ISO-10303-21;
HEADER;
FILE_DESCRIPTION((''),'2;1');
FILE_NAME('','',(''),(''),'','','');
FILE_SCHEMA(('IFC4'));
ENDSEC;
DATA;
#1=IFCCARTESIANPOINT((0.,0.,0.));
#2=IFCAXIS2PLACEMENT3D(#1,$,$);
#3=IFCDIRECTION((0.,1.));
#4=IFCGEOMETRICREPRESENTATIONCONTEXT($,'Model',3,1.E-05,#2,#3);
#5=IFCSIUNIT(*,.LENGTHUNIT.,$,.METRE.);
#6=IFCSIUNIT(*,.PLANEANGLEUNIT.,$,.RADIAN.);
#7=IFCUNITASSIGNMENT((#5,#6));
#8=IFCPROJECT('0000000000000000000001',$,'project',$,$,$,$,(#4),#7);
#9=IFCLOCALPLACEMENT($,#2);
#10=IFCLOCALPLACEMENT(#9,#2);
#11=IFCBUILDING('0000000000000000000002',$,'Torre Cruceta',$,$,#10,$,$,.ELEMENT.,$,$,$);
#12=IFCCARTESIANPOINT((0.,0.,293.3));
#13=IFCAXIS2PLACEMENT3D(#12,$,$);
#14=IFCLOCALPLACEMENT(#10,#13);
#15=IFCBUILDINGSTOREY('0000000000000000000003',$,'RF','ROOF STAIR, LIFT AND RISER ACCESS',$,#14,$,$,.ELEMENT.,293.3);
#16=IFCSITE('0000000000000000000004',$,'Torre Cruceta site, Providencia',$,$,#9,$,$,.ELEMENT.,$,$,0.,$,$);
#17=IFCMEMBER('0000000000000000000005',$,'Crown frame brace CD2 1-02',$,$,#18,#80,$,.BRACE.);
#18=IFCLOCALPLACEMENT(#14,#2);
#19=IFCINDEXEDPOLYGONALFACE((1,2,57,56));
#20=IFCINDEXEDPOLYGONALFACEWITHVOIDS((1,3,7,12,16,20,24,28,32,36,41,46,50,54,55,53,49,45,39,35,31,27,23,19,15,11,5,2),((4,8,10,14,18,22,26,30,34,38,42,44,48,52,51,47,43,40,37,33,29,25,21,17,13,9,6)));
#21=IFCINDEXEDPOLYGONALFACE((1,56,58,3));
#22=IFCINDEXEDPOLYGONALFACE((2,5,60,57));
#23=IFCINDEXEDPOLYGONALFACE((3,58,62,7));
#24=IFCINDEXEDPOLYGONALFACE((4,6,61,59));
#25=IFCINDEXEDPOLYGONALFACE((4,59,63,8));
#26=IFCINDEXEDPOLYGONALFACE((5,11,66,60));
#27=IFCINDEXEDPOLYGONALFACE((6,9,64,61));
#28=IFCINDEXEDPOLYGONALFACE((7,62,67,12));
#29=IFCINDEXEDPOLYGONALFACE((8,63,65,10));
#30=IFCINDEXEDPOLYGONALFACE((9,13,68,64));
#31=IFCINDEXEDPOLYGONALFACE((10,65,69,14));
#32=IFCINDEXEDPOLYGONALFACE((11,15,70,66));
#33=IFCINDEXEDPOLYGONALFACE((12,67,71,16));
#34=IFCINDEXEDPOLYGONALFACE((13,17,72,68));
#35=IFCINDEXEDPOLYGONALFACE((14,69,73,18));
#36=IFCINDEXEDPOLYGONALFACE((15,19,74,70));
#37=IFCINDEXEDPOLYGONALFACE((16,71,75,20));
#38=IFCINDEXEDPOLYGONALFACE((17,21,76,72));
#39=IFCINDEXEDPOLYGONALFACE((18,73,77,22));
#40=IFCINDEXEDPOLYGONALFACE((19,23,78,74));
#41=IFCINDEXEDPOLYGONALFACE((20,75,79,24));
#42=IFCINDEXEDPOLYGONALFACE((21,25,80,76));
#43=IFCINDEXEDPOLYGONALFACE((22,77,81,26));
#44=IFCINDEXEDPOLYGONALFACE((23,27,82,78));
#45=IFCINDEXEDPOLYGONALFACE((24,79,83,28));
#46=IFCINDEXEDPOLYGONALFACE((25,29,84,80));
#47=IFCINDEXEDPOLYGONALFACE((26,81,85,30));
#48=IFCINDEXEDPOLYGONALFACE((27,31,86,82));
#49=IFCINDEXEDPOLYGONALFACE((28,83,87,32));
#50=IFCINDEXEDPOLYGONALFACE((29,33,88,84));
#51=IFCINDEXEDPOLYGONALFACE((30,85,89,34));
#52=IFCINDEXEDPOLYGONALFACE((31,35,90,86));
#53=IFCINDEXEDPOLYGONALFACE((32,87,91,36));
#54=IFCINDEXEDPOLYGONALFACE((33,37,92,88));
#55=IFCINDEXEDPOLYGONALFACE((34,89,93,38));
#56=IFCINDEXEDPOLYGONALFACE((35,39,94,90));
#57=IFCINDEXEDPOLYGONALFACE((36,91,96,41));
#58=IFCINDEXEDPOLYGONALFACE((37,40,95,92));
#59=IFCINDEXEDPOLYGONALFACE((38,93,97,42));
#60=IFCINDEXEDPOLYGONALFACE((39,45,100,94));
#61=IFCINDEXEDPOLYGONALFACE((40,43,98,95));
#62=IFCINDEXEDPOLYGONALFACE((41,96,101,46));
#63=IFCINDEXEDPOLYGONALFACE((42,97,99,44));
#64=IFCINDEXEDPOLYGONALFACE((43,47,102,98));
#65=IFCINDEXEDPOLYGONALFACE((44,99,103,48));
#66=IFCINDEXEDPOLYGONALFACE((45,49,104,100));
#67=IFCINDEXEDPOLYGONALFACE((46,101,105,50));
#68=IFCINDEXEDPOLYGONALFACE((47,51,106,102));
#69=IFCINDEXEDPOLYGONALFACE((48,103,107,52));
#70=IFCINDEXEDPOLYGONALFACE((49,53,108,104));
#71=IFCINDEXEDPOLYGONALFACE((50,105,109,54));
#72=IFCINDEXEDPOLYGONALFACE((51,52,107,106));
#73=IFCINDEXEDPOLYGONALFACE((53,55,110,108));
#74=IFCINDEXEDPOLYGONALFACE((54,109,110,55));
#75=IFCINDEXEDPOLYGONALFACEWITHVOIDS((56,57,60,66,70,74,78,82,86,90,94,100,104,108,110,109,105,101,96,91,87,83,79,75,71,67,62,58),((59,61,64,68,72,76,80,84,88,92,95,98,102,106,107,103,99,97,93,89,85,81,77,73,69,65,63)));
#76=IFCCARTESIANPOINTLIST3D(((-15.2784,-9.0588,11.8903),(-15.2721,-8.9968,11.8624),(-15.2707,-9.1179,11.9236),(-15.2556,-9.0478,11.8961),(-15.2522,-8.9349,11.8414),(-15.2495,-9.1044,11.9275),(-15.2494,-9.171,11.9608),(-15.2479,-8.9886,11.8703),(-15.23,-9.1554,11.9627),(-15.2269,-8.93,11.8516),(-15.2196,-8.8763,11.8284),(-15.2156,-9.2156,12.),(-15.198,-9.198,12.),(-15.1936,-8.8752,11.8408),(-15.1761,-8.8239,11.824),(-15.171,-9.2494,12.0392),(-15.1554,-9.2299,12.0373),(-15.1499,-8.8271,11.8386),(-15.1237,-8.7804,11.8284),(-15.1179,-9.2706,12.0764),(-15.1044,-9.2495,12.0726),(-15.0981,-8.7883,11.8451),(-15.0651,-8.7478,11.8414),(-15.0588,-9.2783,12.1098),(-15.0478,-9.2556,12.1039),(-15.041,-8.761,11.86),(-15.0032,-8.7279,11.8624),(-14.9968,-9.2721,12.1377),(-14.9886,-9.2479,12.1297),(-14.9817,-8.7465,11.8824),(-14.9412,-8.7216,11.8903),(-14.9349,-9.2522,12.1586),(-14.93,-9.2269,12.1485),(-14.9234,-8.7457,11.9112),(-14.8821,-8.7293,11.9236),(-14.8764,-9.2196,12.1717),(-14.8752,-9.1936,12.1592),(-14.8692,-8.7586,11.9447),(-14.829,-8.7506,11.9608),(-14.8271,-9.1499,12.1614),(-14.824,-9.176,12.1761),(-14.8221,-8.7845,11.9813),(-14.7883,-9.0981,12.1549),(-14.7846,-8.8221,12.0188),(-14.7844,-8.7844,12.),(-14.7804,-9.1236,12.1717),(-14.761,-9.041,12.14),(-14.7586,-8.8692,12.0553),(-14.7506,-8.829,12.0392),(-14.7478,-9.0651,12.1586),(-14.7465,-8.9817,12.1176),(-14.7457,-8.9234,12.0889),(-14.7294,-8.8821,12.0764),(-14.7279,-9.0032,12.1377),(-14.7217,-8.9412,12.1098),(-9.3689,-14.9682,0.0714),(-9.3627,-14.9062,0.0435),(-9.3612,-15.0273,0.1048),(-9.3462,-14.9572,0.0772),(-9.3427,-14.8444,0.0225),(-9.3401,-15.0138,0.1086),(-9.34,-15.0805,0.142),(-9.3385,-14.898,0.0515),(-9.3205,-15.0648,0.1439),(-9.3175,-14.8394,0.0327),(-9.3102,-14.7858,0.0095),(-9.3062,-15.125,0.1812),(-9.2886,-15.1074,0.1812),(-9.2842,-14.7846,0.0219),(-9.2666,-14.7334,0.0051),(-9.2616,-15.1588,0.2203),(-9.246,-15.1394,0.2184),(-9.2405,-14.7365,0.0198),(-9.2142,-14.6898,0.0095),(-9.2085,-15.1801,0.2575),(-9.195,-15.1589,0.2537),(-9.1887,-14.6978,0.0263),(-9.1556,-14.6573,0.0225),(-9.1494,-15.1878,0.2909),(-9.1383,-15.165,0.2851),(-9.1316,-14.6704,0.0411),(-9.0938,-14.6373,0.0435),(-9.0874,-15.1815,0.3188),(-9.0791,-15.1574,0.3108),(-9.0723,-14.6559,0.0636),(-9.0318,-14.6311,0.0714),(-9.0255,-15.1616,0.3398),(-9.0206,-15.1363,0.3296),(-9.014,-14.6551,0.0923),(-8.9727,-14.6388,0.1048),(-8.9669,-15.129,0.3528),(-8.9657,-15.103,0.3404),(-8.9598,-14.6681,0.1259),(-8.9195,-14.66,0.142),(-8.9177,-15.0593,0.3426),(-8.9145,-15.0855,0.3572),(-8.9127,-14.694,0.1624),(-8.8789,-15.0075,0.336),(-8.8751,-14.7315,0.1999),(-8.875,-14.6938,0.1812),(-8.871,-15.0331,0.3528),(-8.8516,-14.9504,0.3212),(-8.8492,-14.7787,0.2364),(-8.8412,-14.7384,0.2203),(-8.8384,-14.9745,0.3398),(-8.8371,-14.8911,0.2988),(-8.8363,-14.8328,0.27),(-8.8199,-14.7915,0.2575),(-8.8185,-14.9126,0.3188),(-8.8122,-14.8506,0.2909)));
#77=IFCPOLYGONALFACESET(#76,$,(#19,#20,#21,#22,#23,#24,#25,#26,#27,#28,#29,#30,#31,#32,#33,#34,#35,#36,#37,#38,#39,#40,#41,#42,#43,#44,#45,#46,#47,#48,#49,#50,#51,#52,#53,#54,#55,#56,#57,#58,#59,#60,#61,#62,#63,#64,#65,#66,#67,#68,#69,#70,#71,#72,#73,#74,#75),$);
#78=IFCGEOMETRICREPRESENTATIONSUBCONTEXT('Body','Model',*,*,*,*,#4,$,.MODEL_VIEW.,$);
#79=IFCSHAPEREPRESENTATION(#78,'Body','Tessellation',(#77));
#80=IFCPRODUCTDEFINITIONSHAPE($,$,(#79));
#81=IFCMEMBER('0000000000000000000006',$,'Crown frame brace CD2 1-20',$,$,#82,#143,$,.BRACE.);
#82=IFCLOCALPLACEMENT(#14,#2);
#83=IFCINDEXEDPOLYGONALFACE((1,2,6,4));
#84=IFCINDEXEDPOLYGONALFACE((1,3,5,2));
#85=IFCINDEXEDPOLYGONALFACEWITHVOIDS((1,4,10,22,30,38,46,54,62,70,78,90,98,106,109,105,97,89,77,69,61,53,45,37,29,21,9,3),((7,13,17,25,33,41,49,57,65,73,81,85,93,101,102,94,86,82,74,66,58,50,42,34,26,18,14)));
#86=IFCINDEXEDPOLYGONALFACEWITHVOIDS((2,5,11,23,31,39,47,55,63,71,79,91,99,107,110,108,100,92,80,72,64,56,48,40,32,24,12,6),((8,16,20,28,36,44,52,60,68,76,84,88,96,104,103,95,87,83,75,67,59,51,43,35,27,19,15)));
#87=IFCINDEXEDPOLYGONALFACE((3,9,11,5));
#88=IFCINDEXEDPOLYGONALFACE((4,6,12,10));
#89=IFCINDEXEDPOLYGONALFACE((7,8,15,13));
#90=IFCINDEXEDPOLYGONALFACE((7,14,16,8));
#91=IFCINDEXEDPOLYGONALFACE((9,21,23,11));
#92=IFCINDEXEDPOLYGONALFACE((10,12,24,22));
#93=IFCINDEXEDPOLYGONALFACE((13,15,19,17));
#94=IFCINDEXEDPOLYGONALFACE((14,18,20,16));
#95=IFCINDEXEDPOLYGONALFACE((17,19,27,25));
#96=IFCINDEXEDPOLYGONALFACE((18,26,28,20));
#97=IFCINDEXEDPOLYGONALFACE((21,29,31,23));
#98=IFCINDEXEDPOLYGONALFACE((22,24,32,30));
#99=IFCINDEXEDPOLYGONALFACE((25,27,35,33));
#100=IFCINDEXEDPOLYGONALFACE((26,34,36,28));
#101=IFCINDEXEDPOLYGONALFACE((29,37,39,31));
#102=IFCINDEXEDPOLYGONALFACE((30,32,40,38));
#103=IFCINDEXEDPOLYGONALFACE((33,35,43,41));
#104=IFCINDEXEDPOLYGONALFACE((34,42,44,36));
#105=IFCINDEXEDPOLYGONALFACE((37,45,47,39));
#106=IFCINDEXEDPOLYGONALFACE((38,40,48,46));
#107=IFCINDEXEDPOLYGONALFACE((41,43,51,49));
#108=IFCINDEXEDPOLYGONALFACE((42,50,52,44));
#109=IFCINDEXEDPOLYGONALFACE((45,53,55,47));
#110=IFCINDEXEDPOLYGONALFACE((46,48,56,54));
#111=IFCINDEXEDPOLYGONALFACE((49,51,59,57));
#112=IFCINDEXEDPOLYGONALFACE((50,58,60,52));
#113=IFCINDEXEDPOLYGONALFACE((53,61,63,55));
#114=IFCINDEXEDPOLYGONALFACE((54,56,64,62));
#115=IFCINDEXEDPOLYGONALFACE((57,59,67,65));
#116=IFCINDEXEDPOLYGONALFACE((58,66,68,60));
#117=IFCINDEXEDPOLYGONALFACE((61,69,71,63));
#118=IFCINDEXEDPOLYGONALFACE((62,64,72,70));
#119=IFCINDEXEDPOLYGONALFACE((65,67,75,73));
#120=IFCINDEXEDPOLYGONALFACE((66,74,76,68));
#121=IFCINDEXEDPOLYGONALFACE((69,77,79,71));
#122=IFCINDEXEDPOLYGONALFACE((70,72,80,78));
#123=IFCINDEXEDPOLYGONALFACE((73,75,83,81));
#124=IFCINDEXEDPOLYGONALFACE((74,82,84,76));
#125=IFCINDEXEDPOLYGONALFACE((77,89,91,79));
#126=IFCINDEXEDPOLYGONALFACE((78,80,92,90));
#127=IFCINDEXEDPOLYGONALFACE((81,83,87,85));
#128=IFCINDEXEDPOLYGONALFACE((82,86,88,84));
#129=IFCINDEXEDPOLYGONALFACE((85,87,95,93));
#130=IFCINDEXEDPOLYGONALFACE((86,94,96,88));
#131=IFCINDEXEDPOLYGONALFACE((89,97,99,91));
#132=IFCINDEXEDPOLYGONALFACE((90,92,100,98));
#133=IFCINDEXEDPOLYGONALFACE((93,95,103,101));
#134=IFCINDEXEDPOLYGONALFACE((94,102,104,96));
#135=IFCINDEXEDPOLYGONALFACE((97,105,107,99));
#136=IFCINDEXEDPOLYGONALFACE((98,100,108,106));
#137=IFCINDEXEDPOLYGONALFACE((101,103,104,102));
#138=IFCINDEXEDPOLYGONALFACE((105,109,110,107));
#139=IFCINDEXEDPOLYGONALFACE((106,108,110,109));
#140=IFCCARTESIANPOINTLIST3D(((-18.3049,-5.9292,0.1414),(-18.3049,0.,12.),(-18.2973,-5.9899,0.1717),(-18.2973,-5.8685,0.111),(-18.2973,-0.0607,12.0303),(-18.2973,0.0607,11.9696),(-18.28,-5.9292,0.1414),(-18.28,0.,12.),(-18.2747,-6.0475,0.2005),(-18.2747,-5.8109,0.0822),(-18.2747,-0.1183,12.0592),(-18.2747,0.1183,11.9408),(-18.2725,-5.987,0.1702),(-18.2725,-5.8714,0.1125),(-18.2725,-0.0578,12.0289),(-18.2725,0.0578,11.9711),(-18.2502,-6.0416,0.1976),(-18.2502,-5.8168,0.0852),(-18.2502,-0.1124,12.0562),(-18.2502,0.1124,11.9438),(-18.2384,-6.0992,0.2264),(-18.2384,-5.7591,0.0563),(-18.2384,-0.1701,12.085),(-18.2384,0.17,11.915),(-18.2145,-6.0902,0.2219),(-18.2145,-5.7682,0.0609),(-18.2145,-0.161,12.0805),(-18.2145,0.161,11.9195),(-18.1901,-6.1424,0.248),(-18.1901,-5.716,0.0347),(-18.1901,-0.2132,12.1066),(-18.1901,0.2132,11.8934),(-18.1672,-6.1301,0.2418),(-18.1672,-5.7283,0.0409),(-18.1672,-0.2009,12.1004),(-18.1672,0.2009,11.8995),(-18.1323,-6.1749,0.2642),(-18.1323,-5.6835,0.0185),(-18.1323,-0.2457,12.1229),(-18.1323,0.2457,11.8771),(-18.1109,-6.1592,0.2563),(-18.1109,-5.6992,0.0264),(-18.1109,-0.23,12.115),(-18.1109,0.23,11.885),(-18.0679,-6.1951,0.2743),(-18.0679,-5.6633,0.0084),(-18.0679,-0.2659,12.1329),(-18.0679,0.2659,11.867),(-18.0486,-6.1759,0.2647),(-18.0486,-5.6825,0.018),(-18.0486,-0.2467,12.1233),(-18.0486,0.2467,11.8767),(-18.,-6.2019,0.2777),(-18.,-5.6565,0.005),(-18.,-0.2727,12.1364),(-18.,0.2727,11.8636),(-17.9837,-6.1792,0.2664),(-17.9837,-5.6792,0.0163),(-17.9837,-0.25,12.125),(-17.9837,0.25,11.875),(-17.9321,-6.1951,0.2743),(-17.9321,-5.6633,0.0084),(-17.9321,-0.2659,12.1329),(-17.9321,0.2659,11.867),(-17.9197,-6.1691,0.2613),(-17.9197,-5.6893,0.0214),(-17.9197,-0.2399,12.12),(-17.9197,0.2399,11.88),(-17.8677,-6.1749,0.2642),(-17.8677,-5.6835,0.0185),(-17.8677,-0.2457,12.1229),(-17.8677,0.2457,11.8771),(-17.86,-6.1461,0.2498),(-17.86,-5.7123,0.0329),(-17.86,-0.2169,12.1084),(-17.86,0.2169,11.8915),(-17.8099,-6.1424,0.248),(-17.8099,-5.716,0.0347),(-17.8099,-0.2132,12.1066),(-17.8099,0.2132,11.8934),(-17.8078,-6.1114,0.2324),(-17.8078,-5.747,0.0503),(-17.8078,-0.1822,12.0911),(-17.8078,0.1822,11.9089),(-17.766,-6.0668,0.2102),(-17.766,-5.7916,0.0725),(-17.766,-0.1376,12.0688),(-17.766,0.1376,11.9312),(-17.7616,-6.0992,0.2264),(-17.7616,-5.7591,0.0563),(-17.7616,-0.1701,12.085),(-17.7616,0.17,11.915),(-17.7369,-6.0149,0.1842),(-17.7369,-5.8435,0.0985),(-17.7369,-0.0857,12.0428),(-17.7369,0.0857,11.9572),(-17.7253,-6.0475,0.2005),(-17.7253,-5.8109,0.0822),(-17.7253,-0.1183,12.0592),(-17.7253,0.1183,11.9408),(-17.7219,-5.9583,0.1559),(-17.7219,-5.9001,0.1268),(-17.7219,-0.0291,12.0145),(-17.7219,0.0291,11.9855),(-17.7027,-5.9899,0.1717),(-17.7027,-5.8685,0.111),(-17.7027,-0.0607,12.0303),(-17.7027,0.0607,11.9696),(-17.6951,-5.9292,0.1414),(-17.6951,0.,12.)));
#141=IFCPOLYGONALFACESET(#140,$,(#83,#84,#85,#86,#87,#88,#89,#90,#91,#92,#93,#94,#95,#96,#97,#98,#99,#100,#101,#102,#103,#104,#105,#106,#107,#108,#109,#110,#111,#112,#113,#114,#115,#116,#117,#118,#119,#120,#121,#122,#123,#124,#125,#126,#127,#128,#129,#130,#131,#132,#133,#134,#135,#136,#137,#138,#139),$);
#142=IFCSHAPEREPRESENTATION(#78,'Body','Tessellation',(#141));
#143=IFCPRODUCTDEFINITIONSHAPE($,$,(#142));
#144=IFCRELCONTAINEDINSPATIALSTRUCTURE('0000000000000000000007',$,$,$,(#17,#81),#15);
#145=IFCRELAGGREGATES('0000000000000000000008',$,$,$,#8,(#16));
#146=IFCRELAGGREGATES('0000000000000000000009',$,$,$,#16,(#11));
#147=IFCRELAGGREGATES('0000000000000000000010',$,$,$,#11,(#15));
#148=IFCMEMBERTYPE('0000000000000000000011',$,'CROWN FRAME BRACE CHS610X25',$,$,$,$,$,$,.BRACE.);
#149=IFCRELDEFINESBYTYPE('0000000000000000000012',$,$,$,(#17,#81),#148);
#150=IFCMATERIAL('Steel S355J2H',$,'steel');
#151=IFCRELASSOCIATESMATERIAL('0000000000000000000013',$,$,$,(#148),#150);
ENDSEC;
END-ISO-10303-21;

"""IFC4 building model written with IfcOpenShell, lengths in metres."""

from ifc_helpers import new_model, si_unit, direction, frame, origin, origin_2d, place, context, subcontext, project, spatial, hollow_circle, extrude, material, material_profile, profile_set, type_object, element, save


model = new_model("IFC4")

# Units and contexts
model_context = context("Model", 3, precision=1e-05, world=origin(), true_north=direction((0.0, 1.0)))
body_context = subcontext(model_context, "Body", "Model", "MODEL_VIEW")
ifc_project = project(units=[si_unit("LENGTHUNIT", "METRE"), si_unit("PLANEANGLEUNIT", "RADIAN")], contexts=[model_context])

# Site, building, storey
site_placement = place(None, origin())
site = spatial("IfcSite", under=ifc_project, at=site_placement, Name="Torre Cruceta site, Providencia", CompositionType="ELEMENT", RefElevation=0.0)
building_placement = place(site_placement, origin())
building = spatial("IfcBuilding", under=site, at=building_placement, Name="Torre Cruceta", CompositionType="ELEMENT")
storey_placement = place(building_placement, frame((0.0, 0.0, 293.3)))
storey = spatial("IfcBuildingStorey", under=building, at=storey_placement, Name="RF", Description="ROOF STAIR, LIFT AND RISER ACCESS", CompositionType="ELEMENT", Elevation=293.3)

# Members
ifc_material_1 = material(Name="Steel S355J2H", Category="steel")
ifc_material_profile_1 = material_profile(ifc_material_1, hollow_circle(Radius=0.3049, WallThickness=0.0249, at=origin_2d()), Name="CHS610X25")
ifc_profile_set_1 = profile_set([ifc_material_profile_1], Name="Steel S355J2H")
member_type_1 = type_object("IfcMemberType", Name="CROWN FRAME BRACE CHS610X25", PredefinedType="BRACE", material=ifc_profile_set_1)
member_1_placement = place(storey_placement, frame((-9.0906, -14.9094, 0.1812), z_axis=(-0.408248, 0.408248, 0.816497), x_axis=(-0.707107, -0.707107, 0.0)))
element("IfcMember", 1, at=member_1_placement, inside=storey, type_object=member_type_1, Name="Crown frame brace CD2 1-02", PredefinedType="BRACE", context=body_context, shape_type="SweptSolid", body=[
    extrude(hollow_circle(Radius=0.3049, WallThickness=0.0249, at=origin_2d()), origin(), (0.0, 0.0, 1.0), 14.4751),
])
member_2_placement = place(storey_placement, frame((-18.0, -5.9292, 0.1414), z_axis=(0.0, 0.447206, 0.894431), x_axis=(-1.0, 0.0, 0.0)))
element("IfcMember", 2, at=member_2_placement, inside=storey, type_object=member_type_1, Name="Crown frame brace CD2 1-20", PredefinedType="BRACE", context=body_context, shape_type="SweptSolid", body=[
    extrude(hollow_circle(Radius=0.3049, WallThickness=0.0249, at=origin_2d()), origin(), (0.0, 0.0, 1.0), 13.2583),
])

save(model, "model.ifc")
